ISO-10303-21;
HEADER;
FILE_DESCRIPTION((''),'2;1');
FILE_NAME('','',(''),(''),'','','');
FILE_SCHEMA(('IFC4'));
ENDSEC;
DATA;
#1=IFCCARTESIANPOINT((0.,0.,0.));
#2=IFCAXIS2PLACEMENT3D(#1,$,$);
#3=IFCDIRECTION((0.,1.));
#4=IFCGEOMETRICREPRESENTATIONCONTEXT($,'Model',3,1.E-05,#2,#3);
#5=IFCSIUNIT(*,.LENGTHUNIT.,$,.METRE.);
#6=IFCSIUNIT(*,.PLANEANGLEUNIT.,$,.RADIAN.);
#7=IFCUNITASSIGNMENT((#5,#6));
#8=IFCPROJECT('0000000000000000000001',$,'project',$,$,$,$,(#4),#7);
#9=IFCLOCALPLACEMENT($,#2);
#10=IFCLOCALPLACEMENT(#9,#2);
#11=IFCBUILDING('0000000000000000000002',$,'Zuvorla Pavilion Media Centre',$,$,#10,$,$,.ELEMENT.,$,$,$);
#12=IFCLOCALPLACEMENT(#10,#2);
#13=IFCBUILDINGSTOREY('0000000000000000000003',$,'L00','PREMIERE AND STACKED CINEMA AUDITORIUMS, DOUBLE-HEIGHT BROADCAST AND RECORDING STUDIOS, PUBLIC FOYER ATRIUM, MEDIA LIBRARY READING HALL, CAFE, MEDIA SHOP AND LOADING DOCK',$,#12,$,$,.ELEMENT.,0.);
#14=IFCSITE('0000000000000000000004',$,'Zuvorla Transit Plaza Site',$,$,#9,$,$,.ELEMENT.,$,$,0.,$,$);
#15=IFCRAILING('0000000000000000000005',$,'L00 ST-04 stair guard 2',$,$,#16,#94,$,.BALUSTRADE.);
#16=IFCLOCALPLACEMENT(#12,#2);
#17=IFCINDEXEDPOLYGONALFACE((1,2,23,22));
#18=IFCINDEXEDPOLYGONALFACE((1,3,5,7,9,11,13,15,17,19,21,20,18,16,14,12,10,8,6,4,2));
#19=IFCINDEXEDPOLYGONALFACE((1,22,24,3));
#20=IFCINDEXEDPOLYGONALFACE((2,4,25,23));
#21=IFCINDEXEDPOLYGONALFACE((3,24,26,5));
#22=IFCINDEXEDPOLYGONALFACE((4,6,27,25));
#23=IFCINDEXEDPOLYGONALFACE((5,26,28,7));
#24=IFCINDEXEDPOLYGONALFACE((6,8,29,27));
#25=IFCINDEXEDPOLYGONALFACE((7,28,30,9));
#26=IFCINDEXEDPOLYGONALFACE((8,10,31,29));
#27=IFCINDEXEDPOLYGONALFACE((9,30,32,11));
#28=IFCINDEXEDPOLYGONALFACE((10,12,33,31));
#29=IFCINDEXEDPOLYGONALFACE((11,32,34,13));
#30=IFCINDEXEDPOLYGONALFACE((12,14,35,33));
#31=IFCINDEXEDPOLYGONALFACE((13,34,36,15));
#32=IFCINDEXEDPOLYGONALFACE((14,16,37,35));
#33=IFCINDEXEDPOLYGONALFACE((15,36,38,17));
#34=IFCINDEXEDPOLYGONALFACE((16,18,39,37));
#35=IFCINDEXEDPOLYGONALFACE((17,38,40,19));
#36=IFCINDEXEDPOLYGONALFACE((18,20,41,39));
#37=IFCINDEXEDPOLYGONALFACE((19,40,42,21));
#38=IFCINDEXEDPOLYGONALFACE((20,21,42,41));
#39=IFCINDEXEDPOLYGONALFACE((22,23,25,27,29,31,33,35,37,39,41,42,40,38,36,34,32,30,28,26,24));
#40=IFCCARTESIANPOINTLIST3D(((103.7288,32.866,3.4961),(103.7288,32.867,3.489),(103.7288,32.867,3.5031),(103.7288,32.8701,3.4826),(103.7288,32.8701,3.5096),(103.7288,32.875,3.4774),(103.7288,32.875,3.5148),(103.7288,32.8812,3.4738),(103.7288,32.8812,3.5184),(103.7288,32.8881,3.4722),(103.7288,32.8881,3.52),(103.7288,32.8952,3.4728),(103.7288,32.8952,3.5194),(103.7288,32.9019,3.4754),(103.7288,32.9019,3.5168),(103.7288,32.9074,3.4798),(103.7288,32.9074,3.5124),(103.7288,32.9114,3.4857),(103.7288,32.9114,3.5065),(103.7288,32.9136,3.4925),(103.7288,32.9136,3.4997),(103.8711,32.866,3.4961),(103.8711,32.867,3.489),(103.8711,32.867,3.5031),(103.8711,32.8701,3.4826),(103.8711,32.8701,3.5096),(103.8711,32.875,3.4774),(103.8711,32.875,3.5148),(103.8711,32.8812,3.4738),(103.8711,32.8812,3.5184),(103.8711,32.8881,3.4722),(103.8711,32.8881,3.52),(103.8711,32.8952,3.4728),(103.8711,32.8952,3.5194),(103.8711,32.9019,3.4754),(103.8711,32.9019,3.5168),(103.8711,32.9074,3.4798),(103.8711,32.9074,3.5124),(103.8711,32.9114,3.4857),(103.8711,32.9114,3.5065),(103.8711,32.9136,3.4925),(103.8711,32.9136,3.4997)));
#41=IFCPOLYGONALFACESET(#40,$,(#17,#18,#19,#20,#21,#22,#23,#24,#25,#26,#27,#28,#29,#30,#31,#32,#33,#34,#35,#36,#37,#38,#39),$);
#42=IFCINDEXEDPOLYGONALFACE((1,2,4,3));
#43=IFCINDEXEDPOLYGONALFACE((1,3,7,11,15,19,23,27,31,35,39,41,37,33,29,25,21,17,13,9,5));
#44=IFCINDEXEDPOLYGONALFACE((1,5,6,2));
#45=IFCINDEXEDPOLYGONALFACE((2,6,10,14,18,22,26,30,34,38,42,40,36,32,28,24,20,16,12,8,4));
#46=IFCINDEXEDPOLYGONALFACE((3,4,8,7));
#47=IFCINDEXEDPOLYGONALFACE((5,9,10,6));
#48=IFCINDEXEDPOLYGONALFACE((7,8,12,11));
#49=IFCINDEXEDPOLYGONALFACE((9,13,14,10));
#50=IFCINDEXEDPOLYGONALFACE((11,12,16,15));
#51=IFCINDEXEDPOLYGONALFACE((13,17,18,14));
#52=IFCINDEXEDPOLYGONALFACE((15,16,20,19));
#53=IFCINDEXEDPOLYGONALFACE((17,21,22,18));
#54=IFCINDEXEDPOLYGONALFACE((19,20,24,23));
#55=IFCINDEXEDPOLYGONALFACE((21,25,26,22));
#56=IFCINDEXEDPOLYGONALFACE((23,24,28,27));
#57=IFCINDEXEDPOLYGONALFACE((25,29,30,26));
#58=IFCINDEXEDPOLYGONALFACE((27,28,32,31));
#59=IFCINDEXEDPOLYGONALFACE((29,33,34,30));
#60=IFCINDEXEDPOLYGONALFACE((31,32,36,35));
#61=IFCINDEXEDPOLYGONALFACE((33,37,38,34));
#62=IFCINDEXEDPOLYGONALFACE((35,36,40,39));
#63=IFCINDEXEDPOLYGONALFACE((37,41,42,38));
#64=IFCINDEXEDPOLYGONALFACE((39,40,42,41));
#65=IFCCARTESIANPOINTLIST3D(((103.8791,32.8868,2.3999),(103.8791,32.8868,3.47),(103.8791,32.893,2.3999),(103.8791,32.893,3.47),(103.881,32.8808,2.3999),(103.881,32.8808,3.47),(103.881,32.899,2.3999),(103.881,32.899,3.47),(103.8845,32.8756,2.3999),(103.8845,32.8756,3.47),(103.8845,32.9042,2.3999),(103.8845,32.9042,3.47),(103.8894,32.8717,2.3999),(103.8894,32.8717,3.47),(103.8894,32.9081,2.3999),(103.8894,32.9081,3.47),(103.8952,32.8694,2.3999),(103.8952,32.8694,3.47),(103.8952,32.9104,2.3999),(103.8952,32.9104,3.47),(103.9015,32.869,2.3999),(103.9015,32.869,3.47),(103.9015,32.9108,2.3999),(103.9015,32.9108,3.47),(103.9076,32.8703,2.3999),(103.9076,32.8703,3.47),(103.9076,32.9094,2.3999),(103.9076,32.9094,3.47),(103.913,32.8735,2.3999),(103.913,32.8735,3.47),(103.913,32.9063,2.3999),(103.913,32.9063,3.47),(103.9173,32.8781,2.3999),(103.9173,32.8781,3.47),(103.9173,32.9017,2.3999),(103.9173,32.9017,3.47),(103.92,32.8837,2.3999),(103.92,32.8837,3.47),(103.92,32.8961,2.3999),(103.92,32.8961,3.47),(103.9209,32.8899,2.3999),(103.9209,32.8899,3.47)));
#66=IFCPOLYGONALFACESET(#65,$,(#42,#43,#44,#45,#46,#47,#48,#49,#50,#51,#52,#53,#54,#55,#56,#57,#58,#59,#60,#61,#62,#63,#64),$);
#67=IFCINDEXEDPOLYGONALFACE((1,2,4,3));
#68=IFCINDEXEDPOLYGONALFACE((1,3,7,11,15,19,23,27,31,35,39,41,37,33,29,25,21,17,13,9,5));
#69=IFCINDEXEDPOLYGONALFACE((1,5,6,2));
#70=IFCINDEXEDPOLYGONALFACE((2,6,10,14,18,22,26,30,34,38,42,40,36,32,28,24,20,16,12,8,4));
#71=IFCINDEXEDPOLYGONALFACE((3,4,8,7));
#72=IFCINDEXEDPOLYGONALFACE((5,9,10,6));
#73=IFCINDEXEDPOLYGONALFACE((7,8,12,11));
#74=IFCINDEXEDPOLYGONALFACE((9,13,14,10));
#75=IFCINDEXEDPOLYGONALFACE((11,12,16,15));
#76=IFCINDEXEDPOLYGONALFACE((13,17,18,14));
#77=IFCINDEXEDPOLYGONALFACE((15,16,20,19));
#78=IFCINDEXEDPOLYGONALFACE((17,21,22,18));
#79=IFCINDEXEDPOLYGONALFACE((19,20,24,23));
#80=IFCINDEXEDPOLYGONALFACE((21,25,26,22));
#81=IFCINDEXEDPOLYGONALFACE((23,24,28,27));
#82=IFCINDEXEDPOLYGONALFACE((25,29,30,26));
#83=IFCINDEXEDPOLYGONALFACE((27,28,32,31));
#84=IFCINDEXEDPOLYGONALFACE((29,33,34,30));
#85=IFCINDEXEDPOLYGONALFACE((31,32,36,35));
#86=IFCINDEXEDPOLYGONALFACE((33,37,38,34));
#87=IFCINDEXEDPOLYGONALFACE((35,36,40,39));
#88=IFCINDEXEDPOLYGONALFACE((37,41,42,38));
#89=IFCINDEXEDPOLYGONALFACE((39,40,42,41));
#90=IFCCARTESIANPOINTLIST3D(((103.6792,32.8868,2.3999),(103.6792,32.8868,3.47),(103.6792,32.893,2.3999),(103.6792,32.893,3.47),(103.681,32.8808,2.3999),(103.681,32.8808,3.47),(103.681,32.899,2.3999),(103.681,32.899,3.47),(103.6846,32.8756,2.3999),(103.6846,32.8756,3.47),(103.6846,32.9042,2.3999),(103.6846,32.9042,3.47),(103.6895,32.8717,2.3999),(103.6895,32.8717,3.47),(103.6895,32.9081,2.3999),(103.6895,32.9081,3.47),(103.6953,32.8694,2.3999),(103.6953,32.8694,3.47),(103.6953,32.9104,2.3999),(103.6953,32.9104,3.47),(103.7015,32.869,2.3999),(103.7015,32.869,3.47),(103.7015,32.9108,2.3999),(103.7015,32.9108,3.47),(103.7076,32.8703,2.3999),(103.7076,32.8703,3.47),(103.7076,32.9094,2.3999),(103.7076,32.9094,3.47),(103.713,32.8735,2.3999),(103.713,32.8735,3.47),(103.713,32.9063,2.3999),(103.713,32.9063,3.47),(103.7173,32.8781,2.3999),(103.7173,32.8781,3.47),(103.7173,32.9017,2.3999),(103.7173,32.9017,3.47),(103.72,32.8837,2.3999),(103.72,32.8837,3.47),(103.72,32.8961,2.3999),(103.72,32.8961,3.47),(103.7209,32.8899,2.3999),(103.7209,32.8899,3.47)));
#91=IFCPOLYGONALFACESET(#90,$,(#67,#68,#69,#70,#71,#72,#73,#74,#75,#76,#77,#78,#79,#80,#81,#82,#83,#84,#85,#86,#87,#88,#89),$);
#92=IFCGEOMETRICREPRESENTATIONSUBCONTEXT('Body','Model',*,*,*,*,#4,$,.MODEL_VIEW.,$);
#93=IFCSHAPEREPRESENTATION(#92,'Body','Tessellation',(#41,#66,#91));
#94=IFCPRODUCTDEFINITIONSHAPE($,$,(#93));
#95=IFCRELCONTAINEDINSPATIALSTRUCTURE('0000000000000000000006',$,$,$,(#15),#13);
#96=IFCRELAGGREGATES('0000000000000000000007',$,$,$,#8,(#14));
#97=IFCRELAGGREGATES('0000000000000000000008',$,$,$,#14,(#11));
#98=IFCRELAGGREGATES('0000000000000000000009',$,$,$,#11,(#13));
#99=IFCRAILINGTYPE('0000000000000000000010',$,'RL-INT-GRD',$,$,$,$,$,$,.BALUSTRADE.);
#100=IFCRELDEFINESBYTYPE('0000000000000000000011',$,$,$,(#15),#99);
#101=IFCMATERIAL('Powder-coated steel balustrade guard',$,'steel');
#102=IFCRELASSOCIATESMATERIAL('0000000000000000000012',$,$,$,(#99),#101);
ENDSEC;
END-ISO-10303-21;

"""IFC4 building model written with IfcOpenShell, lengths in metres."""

from ifc_helpers import new_model, si_unit, direction, frame, origin, origin_2d, place, context, subcontext, project, spatial, circle, extrude, material, type_object, element, save


model = new_model("IFC4")

# Units and contexts
model_context = context("Model", 3, precision=1e-05, world=origin(), true_north=direction((0.0, 1.0)))
body_context = subcontext(model_context, "Body", "Model", "MODEL_VIEW")
ifc_project = project(units=[si_unit("LENGTHUNIT", "METRE"), si_unit("PLANEANGLEUNIT", "RADIAN")], contexts=[model_context])

# Site, building, storey
site_placement = place(None, origin())
site = spatial("IfcSite", under=ifc_project, at=site_placement, Name="Zuvorla Transit Plaza Site", CompositionType="ELEMENT", RefElevation=0.0)
building_placement = place(site_placement, origin())
building = spatial("IfcBuilding", under=site, at=building_placement, Name="Zuvorla Pavilion Media Centre", CompositionType="ELEMENT")
storey_placement = place(building_placement, origin())
storey = spatial("IfcBuildingStorey", under=building, at=storey_placement, Name="L00", Description="PREMIERE AND STACKED CINEMA AUDITORIUMS, DOUBLE-HEIGHT BROADCAST AND RECORDING STUDIOS, PUBLIC FOYER ATRIUM, MEDIA LIBRARY READING HALL, CAFE, MEDIA SHOP AND LOADING DOCK", CompositionType="ELEMENT", Elevation=0.0)

# Railing
ifc_material_1 = material(Name="Powder-coated steel balustrade guard", Category="steel")
railing_type_1 = type_object("IfcRailingType", Name="RL-INT-GRD", PredefinedType="BALUSTRADE", material=ifc_material_1)
railing_1_placement = place(storey_placement, frame((103.8999, 32.8899, 2.3999)))
element("IfcRailing", 1, at=railing_1_placement, inside=storey, type_object=railing_type_1, Name="L00 ST-04 stair guard 2", PredefinedType="BALUSTRADE", context=body_context, shape_type="SweptSolid", body=[
    extrude(circle(Radius=0.0239, at=origin_2d()), frame((-0.0288, 0.0, 1.0962), z_axis=(-1.0, 0.0, 0.0), x_axis=(0.0, -1.0, 0.0)), (0.0, 0.0, 1.0), 0.1423),
    extrude(circle(Radius=0.021, at=origin_2d()), origin(), (0.0, 0.0, 1.0), 1.0701),
    extrude(circle(Radius=0.021, at=origin_2d()), frame((-0.2, 0.0, 0.0)), (0.0, 0.0, 1.0), 1.0701),
])

save(model, "model.ifc")
